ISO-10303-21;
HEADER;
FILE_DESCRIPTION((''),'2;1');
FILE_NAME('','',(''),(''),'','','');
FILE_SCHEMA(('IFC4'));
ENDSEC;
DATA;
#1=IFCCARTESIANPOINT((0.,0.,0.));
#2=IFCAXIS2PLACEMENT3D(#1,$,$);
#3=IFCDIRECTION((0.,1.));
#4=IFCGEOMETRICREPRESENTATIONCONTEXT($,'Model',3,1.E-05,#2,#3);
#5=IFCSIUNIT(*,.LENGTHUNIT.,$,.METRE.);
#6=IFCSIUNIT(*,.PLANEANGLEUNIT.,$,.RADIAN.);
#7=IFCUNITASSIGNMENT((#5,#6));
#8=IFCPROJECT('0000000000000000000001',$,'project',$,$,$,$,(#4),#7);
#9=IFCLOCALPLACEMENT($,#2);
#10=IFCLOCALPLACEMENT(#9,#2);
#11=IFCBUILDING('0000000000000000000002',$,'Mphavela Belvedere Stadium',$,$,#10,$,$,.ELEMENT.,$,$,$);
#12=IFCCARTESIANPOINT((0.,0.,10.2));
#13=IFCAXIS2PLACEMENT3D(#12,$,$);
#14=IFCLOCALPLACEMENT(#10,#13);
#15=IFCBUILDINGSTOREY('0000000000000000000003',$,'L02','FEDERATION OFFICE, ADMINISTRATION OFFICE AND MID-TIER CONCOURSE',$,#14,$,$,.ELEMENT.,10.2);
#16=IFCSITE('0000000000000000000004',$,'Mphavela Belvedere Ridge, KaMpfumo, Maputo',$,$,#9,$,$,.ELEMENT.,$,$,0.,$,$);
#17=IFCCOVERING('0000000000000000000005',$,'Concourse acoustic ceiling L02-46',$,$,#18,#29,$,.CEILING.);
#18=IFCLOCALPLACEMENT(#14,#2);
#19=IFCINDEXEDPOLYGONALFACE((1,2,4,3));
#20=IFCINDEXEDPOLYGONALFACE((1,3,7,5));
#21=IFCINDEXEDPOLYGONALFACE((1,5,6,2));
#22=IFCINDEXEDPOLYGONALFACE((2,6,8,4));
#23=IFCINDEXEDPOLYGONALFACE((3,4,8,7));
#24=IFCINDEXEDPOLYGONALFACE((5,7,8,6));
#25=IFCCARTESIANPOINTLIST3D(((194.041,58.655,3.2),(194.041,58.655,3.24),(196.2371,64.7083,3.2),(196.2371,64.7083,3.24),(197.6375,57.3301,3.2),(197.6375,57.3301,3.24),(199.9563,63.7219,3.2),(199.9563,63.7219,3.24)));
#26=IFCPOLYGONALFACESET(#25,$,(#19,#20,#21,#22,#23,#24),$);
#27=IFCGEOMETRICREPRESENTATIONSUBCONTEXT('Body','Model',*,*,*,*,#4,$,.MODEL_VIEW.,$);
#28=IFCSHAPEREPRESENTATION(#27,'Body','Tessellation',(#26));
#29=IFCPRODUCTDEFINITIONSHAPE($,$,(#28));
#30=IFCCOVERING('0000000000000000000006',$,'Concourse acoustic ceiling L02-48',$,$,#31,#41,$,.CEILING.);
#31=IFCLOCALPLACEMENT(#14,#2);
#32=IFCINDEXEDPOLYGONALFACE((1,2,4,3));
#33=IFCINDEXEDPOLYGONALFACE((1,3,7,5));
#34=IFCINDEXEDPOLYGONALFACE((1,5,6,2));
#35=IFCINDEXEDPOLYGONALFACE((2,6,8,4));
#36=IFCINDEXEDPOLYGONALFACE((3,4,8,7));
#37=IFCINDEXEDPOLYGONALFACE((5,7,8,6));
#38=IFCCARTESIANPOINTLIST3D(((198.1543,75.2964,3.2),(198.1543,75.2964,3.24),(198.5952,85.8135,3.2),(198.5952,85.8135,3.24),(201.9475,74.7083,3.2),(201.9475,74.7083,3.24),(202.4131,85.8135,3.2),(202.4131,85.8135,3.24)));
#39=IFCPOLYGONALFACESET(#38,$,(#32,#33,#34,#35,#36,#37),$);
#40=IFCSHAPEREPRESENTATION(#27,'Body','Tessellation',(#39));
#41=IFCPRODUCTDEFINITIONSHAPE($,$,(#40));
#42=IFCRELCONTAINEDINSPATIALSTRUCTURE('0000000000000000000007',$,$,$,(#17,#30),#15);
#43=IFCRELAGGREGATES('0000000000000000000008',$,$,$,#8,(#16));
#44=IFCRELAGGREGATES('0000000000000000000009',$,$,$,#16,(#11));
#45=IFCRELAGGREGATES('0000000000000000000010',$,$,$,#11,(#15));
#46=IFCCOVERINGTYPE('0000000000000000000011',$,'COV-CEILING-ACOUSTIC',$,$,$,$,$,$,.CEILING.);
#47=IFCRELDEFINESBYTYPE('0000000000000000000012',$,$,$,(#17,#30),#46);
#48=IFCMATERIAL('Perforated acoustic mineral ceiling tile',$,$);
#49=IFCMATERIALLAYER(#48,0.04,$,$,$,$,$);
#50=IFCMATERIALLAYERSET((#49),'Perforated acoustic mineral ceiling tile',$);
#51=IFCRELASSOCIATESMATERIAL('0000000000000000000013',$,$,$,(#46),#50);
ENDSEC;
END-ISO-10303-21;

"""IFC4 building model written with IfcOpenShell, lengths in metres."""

from ifc_helpers import new_model, si_unit, direction, frame, origin, place, context, subcontext, project, spatial, polyline, outline, extrude, material, layer, layer_set, type_object, element, save


model = new_model("IFC4")

# Units and contexts
model_context = context("Model", 3, precision=1e-05, world=origin(), true_north=direction((0.0, 1.0)))
body_context = subcontext(model_context, "Body", "Model", "MODEL_VIEW")
ifc_project = project(units=[si_unit("LENGTHUNIT", "METRE"), si_unit("PLANEANGLEUNIT", "RADIAN")], contexts=[model_context])

# Site, building, storey
site_placement = place(None, origin())
site = spatial("IfcSite", under=ifc_project, at=site_placement, Name="Mphavela Belvedere Ridge, KaMpfumo, Maputo", CompositionType="ELEMENT", RefElevation=0.0)
building_placement = place(site_placement, origin())
building = spatial("IfcBuilding", under=site, at=building_placement, Name="Mphavela Belvedere Stadium", CompositionType="ELEMENT")
storey_placement = place(building_placement, frame((0.0, 0.0, 10.2)))
storey = spatial("IfcBuildingStorey", under=building, at=storey_placement, Name="L02", Description="FEDERATION OFFICE, ADMINISTRATION OFFICE AND MID-TIER CONCOURSE", CompositionType="ELEMENT", Elevation=10.2)

# Coverings
ifc_material_1 = material(Name="Perforated acoustic mineral ceiling tile")
ifc_layer_1 = layer(ifc_material_1, 0.04)
ifc_layer_set_1 = layer_set([ifc_layer_1], Name="Perforated acoustic mineral ceiling tile")
covering_type = type_object("IfcCoveringType", Name="COV-CEILING-ACOUSTIC", PredefinedType="CEILING", material=ifc_layer_set_1)
covering_1_placement = place(storey_placement, frame((0.0, 0.0, 3.2)))
element("IfcCovering", 1, at=covering_1_placement, inside=storey, type_object=covering_type, Name="Concourse acoustic ceiling L02-46", PredefinedType="CEILING", context=body_context, shape_type="SweptSolid", body=[
    extrude(outline(polyline([(194.041, 58.655), (196.2371, 64.7083), (199.9563, 63.7219), (197.6375, 57.3301), (194.041, 58.655)])), origin(), (0.0, 0.0, 1.0), 0.04),
])
covering_2_placement = place(storey_placement, frame((0.0, 0.0, 3.2)))
element("IfcCovering", 2, at=covering_2_placement, inside=storey, type_object=covering_type, Name="Concourse acoustic ceiling L02-48", PredefinedType="CEILING", context=body_context, shape_type="SweptSolid", body=[
    extrude(outline(polyline([(198.1543, 75.2964), (198.5952, 85.8135), (202.4131, 85.8135), (201.9475, 74.7083), (198.1543, 75.2964)])), origin(), (0.0, 0.0, 1.0), 0.04),
])

save(model, "model.ifc")
